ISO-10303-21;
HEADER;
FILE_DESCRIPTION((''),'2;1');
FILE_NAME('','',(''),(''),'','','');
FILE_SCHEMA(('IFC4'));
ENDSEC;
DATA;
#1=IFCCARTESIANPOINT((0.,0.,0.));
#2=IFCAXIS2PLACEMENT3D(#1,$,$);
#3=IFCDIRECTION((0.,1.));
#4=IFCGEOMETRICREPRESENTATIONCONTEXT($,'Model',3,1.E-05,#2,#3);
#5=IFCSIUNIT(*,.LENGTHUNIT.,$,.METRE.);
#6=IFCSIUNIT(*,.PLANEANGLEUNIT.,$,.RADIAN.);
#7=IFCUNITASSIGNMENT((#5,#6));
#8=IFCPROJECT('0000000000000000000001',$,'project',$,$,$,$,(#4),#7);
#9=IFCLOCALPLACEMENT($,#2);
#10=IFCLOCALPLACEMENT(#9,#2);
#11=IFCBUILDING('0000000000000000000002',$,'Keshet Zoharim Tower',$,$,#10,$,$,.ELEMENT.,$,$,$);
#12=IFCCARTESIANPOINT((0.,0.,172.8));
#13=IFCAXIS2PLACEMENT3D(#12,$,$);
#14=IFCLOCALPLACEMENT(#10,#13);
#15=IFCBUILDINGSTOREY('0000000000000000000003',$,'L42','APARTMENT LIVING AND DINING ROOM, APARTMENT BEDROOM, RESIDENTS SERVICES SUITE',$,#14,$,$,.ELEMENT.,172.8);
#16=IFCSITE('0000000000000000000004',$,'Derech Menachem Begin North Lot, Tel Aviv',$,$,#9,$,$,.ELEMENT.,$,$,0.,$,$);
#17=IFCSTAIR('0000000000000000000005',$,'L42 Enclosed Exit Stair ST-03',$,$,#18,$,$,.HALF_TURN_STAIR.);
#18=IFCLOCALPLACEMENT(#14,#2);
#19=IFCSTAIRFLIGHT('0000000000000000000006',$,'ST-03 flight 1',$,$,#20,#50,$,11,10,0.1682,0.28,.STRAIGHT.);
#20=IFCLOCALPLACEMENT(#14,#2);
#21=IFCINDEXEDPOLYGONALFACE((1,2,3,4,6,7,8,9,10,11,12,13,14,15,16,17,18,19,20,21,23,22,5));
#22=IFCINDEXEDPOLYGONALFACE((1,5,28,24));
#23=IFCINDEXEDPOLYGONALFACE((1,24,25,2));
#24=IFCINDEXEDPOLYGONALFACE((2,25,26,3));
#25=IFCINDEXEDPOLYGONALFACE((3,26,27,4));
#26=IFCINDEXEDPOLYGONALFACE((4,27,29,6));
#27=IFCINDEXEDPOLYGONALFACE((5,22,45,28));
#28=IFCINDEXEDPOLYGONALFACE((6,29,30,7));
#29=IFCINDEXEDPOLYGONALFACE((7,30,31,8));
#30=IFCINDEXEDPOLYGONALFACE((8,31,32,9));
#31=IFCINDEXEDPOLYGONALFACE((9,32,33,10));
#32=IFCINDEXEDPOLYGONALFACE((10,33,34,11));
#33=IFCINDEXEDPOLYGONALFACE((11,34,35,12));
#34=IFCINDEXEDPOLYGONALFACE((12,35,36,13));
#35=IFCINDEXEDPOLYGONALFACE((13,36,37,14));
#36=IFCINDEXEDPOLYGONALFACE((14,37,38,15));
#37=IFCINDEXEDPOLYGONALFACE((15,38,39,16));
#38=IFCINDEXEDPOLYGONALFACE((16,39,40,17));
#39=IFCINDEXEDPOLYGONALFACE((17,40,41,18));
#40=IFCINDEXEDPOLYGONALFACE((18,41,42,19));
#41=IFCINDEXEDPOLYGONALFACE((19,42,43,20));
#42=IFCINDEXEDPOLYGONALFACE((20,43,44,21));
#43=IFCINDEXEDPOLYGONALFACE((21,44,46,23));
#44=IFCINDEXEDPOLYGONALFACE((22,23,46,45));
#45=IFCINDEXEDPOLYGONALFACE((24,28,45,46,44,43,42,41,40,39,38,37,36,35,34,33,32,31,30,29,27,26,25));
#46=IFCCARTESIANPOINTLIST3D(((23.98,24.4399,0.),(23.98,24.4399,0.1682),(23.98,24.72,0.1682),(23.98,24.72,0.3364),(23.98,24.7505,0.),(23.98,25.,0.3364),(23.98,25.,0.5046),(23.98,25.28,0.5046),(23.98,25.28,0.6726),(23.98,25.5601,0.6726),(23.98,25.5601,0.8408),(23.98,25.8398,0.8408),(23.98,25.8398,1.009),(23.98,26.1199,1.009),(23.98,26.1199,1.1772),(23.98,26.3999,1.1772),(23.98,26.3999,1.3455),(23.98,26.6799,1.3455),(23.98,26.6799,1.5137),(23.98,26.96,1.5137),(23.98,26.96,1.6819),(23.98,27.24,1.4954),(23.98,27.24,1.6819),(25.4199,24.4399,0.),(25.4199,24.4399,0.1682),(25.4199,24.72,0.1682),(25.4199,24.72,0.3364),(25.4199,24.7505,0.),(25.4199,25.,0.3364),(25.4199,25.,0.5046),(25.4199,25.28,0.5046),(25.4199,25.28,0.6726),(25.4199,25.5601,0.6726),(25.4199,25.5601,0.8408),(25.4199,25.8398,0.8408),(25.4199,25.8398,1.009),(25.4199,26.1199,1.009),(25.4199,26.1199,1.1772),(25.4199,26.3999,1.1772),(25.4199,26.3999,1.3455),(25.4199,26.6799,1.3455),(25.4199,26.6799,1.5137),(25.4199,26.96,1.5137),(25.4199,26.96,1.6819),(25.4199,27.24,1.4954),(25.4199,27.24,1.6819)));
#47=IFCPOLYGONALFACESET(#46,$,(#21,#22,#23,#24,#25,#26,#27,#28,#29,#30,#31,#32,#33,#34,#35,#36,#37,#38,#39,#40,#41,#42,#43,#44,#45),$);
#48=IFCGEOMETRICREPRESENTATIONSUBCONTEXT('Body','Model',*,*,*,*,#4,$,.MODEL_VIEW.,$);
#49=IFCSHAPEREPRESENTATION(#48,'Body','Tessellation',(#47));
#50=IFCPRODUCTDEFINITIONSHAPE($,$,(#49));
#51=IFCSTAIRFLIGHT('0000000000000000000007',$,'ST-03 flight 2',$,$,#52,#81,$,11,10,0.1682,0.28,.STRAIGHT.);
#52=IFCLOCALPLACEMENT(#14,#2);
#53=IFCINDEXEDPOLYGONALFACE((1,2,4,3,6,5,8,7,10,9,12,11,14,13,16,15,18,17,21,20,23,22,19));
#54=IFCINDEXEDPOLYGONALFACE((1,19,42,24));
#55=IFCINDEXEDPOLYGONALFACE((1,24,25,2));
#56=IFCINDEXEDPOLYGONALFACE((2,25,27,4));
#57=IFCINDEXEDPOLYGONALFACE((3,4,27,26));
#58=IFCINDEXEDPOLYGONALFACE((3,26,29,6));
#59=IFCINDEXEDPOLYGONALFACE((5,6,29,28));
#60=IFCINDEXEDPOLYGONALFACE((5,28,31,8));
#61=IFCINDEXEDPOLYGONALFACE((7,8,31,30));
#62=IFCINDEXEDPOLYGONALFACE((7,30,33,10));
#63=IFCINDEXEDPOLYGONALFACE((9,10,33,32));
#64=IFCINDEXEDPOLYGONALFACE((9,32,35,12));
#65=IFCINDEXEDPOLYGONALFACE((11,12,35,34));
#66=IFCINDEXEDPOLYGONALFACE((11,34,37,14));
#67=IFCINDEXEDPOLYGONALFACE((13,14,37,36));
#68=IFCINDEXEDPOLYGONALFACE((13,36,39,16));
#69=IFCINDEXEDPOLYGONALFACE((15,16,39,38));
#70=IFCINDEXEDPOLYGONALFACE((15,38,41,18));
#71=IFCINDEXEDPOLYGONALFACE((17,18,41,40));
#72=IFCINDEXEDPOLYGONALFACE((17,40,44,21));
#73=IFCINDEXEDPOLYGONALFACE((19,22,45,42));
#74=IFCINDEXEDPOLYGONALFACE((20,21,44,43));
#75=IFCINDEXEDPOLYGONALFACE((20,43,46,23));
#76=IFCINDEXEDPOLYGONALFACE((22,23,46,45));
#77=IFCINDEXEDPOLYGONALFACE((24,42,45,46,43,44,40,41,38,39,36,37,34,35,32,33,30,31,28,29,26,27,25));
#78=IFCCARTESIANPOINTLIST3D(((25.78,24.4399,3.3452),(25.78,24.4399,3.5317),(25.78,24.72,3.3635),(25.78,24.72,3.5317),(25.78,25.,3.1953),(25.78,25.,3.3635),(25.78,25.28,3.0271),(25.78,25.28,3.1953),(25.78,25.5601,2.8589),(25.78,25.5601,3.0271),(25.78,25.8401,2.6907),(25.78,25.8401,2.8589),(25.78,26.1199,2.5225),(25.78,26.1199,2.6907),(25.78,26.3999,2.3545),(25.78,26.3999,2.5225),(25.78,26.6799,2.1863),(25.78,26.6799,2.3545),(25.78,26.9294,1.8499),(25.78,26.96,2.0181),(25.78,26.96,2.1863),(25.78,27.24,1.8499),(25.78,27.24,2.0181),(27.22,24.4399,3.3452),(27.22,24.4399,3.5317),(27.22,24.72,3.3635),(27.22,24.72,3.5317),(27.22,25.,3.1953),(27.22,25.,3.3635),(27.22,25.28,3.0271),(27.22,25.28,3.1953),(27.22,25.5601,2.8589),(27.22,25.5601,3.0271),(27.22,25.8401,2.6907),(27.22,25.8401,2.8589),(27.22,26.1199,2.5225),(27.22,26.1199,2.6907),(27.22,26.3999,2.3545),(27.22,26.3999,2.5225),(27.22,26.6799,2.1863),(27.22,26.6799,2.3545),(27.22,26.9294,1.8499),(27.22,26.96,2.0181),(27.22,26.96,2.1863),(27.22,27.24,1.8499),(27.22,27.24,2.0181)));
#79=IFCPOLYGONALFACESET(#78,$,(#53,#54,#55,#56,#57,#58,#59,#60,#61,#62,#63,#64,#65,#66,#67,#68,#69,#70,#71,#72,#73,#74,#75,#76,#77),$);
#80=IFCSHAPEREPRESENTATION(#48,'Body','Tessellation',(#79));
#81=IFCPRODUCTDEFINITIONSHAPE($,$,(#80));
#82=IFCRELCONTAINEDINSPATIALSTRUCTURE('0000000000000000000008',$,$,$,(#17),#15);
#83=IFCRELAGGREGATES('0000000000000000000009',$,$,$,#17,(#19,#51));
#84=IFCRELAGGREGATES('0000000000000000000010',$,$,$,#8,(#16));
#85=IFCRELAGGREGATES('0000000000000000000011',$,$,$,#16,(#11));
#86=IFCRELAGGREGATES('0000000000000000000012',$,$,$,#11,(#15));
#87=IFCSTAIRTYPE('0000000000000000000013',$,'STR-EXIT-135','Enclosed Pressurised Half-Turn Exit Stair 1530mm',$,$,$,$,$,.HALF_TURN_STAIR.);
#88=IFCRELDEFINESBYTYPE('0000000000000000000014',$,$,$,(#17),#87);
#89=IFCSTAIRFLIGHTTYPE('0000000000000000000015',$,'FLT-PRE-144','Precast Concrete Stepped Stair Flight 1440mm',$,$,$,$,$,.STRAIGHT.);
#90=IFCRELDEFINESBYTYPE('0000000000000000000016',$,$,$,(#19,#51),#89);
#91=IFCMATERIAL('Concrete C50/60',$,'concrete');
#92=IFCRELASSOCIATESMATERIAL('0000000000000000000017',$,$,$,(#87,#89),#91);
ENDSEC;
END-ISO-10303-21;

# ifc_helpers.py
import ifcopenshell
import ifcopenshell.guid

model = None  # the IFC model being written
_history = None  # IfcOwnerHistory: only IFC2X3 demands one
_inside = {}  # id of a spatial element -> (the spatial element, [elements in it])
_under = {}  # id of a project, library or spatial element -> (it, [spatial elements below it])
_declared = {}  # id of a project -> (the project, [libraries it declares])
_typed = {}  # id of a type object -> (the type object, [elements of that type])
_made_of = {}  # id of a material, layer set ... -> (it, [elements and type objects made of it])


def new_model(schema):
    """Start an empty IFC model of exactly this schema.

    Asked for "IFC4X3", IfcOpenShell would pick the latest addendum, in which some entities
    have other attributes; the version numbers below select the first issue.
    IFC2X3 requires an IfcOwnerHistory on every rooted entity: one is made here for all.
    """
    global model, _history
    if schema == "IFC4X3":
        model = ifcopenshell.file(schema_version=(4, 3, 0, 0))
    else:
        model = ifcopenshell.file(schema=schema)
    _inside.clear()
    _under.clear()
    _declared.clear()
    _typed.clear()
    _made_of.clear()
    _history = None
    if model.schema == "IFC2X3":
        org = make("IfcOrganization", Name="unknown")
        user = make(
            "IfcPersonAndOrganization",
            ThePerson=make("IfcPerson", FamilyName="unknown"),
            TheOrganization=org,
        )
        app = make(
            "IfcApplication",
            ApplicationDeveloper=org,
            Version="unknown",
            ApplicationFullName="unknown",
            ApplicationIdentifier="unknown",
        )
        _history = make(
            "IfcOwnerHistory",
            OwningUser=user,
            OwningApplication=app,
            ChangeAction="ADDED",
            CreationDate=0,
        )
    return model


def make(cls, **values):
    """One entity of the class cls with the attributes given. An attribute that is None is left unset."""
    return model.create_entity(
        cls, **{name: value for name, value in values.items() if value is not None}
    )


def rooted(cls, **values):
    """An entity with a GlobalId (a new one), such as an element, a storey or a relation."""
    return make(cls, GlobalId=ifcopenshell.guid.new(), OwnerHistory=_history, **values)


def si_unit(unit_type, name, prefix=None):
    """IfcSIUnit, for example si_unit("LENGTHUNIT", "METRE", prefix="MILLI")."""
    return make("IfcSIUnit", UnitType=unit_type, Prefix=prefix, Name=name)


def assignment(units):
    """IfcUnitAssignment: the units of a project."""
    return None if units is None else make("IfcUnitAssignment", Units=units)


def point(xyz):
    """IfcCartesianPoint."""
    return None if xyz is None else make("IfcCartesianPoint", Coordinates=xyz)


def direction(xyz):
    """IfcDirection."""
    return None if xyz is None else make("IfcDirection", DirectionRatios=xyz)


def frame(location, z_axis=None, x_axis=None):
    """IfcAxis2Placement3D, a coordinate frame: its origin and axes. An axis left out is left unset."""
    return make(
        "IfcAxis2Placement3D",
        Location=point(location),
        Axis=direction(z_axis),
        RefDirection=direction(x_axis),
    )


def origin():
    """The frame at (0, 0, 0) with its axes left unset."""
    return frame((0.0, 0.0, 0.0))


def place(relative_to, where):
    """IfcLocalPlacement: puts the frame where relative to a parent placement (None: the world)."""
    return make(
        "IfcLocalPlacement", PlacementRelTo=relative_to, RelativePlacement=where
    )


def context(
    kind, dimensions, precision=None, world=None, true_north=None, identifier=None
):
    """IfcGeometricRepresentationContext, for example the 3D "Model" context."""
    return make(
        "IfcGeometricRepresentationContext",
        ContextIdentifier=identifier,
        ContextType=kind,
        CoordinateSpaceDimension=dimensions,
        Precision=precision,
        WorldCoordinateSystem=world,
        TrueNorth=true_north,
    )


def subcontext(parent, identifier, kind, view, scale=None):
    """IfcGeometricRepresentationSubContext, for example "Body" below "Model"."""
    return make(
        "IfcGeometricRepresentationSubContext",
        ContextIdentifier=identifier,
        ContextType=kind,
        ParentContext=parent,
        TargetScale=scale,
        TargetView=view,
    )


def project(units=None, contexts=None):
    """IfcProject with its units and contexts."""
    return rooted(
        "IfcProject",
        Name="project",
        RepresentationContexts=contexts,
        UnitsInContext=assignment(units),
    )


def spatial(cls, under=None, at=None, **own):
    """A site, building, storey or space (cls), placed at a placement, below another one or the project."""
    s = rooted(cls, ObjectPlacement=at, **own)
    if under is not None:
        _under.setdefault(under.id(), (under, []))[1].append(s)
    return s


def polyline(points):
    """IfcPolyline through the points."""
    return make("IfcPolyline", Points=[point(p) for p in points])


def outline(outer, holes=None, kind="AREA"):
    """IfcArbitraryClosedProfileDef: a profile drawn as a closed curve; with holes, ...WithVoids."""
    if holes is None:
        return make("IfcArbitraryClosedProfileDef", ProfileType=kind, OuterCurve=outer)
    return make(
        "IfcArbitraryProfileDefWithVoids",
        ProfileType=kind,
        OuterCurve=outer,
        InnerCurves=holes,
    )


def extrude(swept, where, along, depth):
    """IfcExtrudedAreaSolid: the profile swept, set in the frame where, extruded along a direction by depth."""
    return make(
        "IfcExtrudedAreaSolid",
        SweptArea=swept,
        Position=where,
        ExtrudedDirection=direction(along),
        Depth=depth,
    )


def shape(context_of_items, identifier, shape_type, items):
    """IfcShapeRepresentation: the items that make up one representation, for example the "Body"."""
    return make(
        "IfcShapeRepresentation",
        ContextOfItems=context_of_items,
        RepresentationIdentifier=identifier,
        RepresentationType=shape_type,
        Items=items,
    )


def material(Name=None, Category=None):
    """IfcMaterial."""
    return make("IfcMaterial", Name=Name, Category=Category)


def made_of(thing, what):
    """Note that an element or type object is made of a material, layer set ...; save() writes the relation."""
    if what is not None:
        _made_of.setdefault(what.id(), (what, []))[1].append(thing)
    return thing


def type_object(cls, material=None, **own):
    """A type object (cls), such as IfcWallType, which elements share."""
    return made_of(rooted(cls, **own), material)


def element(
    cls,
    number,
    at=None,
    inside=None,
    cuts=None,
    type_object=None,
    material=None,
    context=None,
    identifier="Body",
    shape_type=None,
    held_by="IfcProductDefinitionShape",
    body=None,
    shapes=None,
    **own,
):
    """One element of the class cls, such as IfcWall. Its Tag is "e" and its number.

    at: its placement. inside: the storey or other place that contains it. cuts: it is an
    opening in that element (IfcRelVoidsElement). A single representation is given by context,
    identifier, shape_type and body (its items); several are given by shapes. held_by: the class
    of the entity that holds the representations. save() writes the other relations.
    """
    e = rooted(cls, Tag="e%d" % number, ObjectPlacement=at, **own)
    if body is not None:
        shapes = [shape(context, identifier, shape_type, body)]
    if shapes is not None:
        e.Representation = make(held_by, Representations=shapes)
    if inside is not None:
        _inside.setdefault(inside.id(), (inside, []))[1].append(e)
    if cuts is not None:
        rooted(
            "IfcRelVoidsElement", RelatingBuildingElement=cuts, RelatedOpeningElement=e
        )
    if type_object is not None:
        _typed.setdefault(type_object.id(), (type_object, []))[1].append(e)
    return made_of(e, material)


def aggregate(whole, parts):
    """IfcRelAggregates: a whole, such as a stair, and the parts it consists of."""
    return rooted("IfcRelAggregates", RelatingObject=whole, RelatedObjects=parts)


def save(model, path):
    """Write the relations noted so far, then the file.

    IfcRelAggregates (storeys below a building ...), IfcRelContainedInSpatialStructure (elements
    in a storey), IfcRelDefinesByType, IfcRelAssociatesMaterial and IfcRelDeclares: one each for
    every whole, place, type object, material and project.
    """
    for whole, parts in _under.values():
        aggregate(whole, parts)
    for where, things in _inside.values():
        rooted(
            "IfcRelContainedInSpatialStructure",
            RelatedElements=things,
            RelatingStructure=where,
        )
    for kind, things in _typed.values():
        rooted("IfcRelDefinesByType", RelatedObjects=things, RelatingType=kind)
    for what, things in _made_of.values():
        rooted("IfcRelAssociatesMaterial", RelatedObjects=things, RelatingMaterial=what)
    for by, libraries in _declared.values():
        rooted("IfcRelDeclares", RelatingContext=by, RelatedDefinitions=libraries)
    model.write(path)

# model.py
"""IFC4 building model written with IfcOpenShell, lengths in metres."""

from ifc_helpers import new_model, si_unit, direction, frame, origin, place, context, subcontext, project, spatial, polyline, outline, extrude, material, type_object, element, aggregate, save


model = new_model("IFC4")

# Units and contexts
model_context = context("Model", 3, precision=1e-05, world=origin(), true_north=direction((0.0, 1.0)))
body_context = subcontext(model_context, "Body", "Model", "MODEL_VIEW")
ifc_project = project(units=[si_unit("LENGTHUNIT", "METRE"), si_unit("PLANEANGLEUNIT", "RADIAN")], contexts=[model_context])

# Site, building, storey
site_placement = place(None, origin())
site = spatial("IfcSite", under=ifc_project, at=site_placement, Name="Derech Menachem Begin North Lot, Tel Aviv", CompositionType="ELEMENT", RefElevation=0.0)
building_placement = place(site_placement, origin())
building = spatial("IfcBuilding", under=site, at=building_placement, Name="Keshet Zoharim Tower", CompositionType="ELEMENT")
storey_placement = place(building_placement, frame((0.0, 0.0, 172.8)))
storey = spatial("IfcBuildingStorey", under=building, at=storey_placement, Name="L42", Description="APARTMENT LIVING AND DINING ROOM, APARTMENT BEDROOM, RESIDENTS SERVICES SUITE", CompositionType="ELEMENT", Elevation=172.8)

# Shared definitions
ifc_material_1 = material(Name="Concrete C50/60", Category="concrete")

# Shared definitions
stair_type = type_object("IfcStairType", Name="STR-EXIT-135", Description="Enclosed Pressurised Half-Turn Exit Stair 1530mm", PredefinedType="HALF_TURN_STAIR", material=ifc_material_1)

# Stair, stair flights
stair_1_placement = place(storey_placement, origin())
stair_1 = element("IfcStair", 1, at=stair_1_placement, inside=storey, type_object=stair_type, Name="L42 Enclosed Exit Stair ST-03", PredefinedType="HALF_TURN_STAIR")
stair_flight_type_1 = type_object("IfcStairFlightType", Name="FLT-PRE-144", Description="Precast Concrete Stepped Stair Flight 1440mm", PredefinedType="STRAIGHT", material=ifc_material_1)
stair_flight_1_placement = place(storey_placement, frame((24.7, 24.4399, 0.0), z_axis=(0.0, 0.0, 1.0), x_axis=(0.0, 1.0, 0.0)))
stair_flight_1 = element("IfcStairFlight", 2, at=stair_flight_1_placement, type_object=stair_flight_type_1, Name="ST-03 flight 1", NumberOfRisers=11, NumberOfTreads=10, PredefinedType="STRAIGHT", RiserHeight=0.1682, TreadLength=0.28, context=body_context, shape_type="SweptSolid", body=[
    extrude(outline(polyline([(0.0, 0.0), (0.0, 0.1682), (0.28, 0.1682), (0.28, 0.3364), (0.5601, 0.3364), (0.5601, 0.5046), (0.8401, 0.5046), (0.8401, 0.6726), (1.1201, 0.6726), (1.1201, 0.8408), (1.3999, 0.8408), (1.3999, 1.009), (1.6799, 1.009), (1.6799, 1.1772), (1.96, 1.1772), (1.96, 1.3455), (2.24, 1.3455), (2.24, 1.5137), (2.52, 1.5137), (2.52, 1.6819), (2.8, 1.6819), (2.8, 1.8501), (2.8, 1.4954), (0.3105, 0.0), (0.0, 0.0)])), frame((0.0, 0.72, 0.0), z_axis=(0.0, -1.0, 0.0), x_axis=(1.0, 0.0, 0.0)), (0.0, 0.0, 1.0), 1.4399),
])
stair_flight_2_placement = place(storey_placement, frame((26.5, 27.24, 1.8499), z_axis=(0.0, 0.0, 1.0), x_axis=(0.0, -1.0, 0.0)))
stair_flight_2 = element("IfcStairFlight", 3, at=stair_flight_2_placement, type_object=stair_flight_type_1, Name="ST-03 flight 2", NumberOfRisers=11, NumberOfTreads=10, PredefinedType="STRAIGHT", RiserHeight=0.1682, TreadLength=0.28, context=body_context, shape_type="SweptSolid", body=[
    extrude(outline(polyline([(0.0, 0.0), (0.0, 0.1682), (0.28, 0.1682), (0.28, 0.3364), (0.5601, 0.3364), (0.5601, 0.5046), (0.8401, 0.5046), (0.8401, 0.6726), (1.1201, 0.6726), (1.1201, 0.8408), (1.3999, 0.8408), (1.3999, 1.009), (1.6799, 1.009), (1.6799, 1.1772), (1.96, 1.1772), (1.96, 1.3455), (2.24, 1.3455), (2.24, 1.5137), (2.52, 1.5137), (2.52, 1.6819), (2.8, 1.6819), (2.8, 1.8501), (2.8, 1.4954), (0.3105, 0.0), (0.0, 0.0)])), frame((0.0, 0.72, 0.0), z_axis=(0.0, -1.0, 0.0), x_axis=(1.0, 0.0, 0.0)), (0.0, 0.0, 1.0), 1.4399),
])
aggregate(stair_1, [stair_flight_1, stair_flight_2])

save(model, "model.ifc")
